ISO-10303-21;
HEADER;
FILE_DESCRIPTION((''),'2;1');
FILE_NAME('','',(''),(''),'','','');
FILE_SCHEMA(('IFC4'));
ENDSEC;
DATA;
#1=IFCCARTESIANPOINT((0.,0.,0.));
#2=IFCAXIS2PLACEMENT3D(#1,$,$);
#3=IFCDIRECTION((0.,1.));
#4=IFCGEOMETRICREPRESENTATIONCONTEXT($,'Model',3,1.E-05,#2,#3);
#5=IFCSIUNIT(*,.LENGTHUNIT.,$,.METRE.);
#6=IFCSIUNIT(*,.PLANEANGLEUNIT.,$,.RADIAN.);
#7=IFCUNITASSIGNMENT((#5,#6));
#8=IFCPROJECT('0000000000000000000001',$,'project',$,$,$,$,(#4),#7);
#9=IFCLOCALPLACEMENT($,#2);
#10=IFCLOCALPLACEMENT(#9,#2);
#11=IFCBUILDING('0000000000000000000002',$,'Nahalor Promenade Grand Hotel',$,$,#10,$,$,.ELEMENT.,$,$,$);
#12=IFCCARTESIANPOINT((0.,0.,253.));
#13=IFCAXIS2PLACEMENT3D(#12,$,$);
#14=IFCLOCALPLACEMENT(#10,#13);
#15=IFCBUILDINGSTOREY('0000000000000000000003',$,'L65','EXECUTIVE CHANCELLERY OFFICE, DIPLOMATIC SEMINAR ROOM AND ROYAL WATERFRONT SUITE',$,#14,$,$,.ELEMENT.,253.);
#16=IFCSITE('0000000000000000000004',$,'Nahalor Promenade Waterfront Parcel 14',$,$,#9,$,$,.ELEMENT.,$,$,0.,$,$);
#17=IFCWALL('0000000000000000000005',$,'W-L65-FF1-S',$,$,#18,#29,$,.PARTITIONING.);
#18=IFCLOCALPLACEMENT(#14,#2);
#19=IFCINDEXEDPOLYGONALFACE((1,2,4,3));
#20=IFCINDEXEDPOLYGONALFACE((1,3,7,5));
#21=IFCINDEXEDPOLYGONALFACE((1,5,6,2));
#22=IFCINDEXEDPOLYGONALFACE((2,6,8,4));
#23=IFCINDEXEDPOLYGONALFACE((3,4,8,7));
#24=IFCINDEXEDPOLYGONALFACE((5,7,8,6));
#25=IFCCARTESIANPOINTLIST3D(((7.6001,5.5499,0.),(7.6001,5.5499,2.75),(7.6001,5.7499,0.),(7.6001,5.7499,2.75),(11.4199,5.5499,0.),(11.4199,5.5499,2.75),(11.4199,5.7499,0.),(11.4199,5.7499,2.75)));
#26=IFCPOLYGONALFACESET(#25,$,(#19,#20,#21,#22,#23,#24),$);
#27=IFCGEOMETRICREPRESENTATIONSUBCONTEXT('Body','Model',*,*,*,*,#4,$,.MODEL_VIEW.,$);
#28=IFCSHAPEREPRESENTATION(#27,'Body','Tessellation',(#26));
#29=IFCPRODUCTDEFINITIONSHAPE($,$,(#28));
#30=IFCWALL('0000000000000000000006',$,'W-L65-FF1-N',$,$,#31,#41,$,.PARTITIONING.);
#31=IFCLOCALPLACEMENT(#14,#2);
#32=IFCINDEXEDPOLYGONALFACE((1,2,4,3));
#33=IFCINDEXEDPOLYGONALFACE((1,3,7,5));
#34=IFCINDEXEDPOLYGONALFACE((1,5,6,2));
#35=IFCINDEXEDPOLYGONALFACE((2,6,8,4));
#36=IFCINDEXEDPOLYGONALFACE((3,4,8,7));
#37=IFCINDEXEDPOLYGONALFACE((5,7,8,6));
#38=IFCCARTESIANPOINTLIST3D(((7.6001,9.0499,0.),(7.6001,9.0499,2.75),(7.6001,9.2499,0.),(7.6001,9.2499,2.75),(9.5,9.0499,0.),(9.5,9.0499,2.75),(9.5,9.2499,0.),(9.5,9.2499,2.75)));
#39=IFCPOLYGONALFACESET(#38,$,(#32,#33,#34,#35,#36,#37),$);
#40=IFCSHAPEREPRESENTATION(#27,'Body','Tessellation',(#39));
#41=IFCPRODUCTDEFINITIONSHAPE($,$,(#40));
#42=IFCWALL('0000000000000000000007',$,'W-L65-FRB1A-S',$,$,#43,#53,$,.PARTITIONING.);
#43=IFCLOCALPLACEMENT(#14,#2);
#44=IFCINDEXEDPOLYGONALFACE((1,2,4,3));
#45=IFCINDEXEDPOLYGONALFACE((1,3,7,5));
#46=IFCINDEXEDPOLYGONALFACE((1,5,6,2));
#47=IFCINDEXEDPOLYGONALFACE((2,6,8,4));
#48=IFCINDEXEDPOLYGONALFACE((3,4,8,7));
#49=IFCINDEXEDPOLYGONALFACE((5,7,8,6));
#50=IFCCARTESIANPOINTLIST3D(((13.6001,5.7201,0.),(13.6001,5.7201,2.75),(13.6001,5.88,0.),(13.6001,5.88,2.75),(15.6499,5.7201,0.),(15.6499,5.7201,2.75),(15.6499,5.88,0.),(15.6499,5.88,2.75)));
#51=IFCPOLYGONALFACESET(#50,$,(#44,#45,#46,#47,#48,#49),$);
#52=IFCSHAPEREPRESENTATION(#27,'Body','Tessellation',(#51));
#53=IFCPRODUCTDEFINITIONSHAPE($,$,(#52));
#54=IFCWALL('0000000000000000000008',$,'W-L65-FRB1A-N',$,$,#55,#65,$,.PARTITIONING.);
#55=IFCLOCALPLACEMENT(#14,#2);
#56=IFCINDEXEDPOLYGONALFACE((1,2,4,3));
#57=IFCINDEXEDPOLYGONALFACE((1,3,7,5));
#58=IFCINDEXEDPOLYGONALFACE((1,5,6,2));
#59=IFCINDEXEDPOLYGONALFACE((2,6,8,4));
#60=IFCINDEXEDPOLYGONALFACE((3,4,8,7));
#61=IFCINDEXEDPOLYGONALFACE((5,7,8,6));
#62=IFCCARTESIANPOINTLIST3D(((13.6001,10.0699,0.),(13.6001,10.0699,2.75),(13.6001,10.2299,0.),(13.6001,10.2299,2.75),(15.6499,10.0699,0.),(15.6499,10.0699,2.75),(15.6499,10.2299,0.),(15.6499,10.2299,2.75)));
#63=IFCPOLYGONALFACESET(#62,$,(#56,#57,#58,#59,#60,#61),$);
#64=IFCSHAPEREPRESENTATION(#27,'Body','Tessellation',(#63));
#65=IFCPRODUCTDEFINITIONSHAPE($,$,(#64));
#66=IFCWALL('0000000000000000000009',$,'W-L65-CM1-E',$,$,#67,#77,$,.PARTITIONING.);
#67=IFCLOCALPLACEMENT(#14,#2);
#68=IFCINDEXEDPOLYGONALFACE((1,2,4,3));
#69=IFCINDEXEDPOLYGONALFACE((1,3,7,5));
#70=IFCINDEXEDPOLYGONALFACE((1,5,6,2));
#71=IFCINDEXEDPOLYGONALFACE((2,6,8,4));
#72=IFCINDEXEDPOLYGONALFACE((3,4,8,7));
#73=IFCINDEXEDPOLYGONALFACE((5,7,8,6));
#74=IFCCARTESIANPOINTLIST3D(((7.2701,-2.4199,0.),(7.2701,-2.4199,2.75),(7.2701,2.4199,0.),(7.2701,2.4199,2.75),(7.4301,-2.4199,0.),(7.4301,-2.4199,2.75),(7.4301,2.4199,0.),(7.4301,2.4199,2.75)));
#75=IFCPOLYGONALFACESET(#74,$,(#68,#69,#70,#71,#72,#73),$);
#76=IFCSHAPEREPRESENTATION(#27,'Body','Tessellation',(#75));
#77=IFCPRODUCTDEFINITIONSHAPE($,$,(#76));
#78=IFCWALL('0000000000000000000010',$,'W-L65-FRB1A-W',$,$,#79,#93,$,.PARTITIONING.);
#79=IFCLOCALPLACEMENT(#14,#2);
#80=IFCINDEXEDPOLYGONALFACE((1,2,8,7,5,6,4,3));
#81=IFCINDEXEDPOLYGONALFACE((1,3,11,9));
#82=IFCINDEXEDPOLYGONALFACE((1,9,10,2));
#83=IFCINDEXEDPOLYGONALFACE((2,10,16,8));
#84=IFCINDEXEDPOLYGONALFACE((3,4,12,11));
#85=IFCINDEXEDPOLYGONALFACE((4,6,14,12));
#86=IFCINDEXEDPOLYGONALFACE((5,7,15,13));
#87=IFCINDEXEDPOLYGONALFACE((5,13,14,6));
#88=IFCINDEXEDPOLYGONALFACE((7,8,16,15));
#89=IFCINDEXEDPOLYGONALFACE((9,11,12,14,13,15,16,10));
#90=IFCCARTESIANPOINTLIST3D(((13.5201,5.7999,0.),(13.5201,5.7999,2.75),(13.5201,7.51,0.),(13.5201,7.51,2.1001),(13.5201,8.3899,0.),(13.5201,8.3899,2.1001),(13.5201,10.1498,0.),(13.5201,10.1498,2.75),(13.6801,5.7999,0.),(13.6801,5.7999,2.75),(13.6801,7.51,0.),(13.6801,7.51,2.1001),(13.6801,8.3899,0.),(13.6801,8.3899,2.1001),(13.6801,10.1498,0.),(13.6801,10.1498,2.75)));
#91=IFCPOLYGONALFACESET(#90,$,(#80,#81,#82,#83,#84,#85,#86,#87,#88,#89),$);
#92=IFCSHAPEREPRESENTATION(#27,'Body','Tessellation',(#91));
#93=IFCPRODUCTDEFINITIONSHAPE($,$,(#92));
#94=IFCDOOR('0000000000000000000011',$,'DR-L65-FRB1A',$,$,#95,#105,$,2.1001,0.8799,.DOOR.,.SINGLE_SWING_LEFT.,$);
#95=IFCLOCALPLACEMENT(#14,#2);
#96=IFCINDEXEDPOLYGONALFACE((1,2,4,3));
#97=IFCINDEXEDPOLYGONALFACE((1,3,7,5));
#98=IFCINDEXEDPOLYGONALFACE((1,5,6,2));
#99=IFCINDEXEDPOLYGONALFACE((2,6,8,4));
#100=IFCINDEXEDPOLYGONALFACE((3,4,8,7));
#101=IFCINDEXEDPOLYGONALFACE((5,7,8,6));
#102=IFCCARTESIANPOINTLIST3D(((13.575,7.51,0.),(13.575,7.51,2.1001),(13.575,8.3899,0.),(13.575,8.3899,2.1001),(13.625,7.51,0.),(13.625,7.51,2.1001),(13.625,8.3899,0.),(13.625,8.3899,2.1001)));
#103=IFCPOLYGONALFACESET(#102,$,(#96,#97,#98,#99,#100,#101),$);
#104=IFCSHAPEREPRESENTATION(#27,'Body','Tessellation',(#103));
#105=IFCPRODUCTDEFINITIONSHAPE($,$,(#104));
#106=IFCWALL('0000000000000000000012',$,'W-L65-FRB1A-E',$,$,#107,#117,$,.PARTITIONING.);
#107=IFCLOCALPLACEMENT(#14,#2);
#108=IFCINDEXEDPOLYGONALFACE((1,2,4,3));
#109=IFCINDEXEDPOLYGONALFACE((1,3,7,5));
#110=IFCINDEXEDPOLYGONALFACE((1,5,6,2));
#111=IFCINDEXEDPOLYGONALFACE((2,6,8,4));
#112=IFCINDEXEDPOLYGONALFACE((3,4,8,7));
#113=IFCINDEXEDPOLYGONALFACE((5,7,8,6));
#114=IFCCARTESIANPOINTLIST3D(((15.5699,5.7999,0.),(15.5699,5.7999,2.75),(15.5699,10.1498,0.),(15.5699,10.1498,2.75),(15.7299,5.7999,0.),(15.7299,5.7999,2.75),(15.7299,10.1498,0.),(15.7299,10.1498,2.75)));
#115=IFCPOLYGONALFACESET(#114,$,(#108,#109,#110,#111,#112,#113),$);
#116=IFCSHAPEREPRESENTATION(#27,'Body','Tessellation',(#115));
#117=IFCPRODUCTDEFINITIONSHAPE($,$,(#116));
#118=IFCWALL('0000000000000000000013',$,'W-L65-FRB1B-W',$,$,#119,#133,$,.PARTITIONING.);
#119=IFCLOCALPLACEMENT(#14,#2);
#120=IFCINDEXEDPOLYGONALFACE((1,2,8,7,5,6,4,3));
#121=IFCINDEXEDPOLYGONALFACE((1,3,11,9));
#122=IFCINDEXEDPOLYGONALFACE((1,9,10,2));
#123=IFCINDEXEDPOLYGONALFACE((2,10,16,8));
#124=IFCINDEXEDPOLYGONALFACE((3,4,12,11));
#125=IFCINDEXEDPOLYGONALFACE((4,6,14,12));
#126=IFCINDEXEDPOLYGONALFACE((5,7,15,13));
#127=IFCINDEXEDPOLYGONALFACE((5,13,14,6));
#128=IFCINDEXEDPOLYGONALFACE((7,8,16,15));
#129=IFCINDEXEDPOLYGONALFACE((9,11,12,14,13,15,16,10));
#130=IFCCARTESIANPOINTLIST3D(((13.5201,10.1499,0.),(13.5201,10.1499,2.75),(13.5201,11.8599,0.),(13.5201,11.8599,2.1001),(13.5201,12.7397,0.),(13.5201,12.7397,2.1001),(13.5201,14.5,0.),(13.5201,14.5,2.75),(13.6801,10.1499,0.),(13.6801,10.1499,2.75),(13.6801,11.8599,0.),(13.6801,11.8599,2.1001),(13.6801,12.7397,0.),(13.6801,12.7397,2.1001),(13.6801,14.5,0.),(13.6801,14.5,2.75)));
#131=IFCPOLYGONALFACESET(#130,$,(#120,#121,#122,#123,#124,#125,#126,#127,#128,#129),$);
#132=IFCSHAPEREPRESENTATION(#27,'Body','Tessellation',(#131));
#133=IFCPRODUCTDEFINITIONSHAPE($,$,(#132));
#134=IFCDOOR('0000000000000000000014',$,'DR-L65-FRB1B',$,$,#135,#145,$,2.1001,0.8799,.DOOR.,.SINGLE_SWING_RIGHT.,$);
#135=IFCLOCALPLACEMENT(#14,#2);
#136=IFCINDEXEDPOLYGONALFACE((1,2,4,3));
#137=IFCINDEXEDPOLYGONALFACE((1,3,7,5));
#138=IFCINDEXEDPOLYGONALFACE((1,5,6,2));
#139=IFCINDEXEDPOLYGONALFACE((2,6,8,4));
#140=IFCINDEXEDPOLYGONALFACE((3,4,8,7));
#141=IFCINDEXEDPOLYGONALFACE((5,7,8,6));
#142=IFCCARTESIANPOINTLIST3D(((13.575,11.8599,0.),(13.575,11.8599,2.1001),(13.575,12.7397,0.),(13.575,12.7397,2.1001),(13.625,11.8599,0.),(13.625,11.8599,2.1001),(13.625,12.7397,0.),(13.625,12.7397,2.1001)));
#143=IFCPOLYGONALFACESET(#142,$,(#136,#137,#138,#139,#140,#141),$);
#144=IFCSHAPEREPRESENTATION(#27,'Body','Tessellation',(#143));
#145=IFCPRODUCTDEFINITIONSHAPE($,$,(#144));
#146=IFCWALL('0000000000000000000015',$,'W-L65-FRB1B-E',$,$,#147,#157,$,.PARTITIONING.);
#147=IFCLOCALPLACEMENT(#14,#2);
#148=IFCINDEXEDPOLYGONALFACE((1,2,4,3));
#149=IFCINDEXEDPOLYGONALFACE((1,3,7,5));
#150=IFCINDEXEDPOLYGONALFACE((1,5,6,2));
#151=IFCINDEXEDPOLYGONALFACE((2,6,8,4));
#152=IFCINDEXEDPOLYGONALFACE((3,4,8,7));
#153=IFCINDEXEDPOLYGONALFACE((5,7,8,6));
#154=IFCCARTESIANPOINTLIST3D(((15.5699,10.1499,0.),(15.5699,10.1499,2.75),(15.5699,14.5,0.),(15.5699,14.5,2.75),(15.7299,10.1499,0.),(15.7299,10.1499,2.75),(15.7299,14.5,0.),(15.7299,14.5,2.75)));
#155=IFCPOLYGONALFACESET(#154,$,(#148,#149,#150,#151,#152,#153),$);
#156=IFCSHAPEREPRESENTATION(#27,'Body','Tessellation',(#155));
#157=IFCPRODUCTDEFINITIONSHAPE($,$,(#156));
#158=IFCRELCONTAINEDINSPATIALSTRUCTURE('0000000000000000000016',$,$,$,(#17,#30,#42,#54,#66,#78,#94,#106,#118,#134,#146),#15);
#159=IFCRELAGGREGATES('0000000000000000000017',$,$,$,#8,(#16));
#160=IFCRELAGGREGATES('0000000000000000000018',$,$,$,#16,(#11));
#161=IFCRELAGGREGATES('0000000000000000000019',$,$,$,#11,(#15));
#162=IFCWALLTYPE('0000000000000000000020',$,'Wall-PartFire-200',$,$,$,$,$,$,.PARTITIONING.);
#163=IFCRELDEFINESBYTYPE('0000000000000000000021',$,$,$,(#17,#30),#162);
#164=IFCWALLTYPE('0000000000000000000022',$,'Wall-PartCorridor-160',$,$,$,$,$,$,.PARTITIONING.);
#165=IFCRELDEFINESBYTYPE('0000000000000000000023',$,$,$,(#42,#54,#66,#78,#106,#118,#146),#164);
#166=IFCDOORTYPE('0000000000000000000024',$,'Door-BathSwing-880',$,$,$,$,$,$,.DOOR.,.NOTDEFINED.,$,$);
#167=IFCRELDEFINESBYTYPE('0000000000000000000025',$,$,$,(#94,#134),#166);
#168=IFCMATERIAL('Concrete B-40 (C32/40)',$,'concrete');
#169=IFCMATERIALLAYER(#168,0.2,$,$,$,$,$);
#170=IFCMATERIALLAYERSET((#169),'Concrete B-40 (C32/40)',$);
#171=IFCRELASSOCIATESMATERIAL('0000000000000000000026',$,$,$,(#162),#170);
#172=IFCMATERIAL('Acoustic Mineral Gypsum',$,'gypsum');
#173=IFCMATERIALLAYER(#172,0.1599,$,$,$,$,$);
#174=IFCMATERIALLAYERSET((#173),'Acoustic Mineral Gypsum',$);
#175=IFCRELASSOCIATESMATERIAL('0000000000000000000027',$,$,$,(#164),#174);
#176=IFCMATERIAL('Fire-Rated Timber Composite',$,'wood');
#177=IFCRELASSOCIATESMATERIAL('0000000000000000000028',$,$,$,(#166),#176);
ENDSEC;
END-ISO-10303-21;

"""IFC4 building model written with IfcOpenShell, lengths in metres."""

from ifc_helpers import new_model, si_unit, direction, frame, frame_2d, origin, place, context, subcontext, project, spatial, rectangle, extrude, source, transform, mapped, material, layer, layer_set, type_object, element, fill, save


model = new_model("IFC4")

# Units and contexts
model_context = context("Model", 3, precision=1e-05, world=origin(), true_north=direction((0.0, 1.0)))
body_context = subcontext(model_context, "Body", "Model", "MODEL_VIEW")
ifc_project = project(units=[si_unit("LENGTHUNIT", "METRE"), si_unit("PLANEANGLEUNIT", "RADIAN")], contexts=[model_context])

# Site, building, storey
site_placement = place(None, origin())
site = spatial("IfcSite", under=ifc_project, at=site_placement, Name="Nahalor Promenade Waterfront Parcel 14", CompositionType="ELEMENT", RefElevation=0.0)
building_placement = place(site_placement, origin())
building = spatial("IfcBuilding", under=site, at=building_placement, Name="Nahalor Promenade Grand Hotel", CompositionType="ELEMENT")
storey_placement = place(building_placement, frame((0.0, 0.0, 253.0)))
storey = spatial("IfcBuildingStorey", under=building, at=storey_placement, Name="L65", Description="EXECUTIVE CHANCELLERY OFFICE, DIPLOMATIC SEMINAR ROOM AND ROYAL WATERFRONT SUITE", CompositionType="ELEMENT", Elevation=253.0)

# Walls
ifc_material_1 = material(Name="Concrete B-40 (C32/40)", Category="concrete")
ifc_layer_1 = layer(ifc_material_1, 0.2)
ifc_layer_set_1 = layer_set([ifc_layer_1], Name="Concrete B-40 (C32/40)")
wall_type_1 = type_object("IfcWallType", Name="Wall-PartFire-200", PredefinedType="PARTITIONING", material=ifc_layer_set_1)
shared_shape_1 = source(origin(), body_context, "Body", "SweptSolid", [
    extrude(rectangle(XDim=3.8198, YDim=0.2, at=frame_2d((1.9099, 0.0))), origin(), (0.0, 0.0, 1.0), 2.75),
])
wall_1_placement = place(storey_placement, frame((7.6001, 5.6499, 0.0), z_axis=(0.0, 0.0, 1.0), x_axis=(1.0, 0.0, 0.0)))
element("IfcWall", 1, at=wall_1_placement, inside=storey, type_object=wall_type_1, Name="W-L65-FF1-S", PredefinedType="PARTITIONING", context=body_context, shape_type="MappedRepresentation", body=[
    mapped(shared_shape_1, transform((0.0, 0.0, 0.0), scale=1.0)),
])
shared_shape_2 = source(origin(), body_context, "Body", "SweptSolid", [
    extrude(rectangle(XDim=1.8999, YDim=0.2, at=frame_2d((0.95, 0.0))), origin(), (0.0, 0.0, 1.0), 2.75),
])
wall_2_placement = place(storey_placement, frame((7.6001, 9.1499, 0.0), z_axis=(0.0, 0.0, 1.0), x_axis=(1.0, 0.0, 0.0)))
element("IfcWall", 2, at=wall_2_placement, inside=storey, type_object=wall_type_1, Name="W-L65-FF1-N", PredefinedType="PARTITIONING", context=body_context, shape_type="MappedRepresentation", body=[
    mapped(shared_shape_2, transform((0.0, 0.0, 0.0), scale=1.0)),
])

# Walls
ifc_material_2 = material(Name="Acoustic Mineral Gypsum", Category="gypsum")
ifc_layer_2 = layer(ifc_material_2, 0.1599)
ifc_layer_set_2 = layer_set([ifc_layer_2], Name="Acoustic Mineral Gypsum")
wall_type_2 = type_object("IfcWallType", Name="Wall-PartCorridor-160", PredefinedType="PARTITIONING", material=ifc_layer_set_2)
shared_shape_3 = source(origin(), body_context, "Body", "SweptSolid", [
    extrude(rectangle(XDim=2.0498, YDim=0.1599, at=frame_2d((1.0249, 0.0))), origin(), (0.0, 0.0, 1.0), 2.75),
])
for number, where, z_axis, x_axis, name in (
    (3, (13.6001, 5.8, 0.0), (0.0, 0.0, 1.0), (1.0, 0.0, 0.0), "W-L65-FRB1A-S"),
    (4, (13.6001, 10.1499, 0.0), (0.0, 0.0, 1.0), (1.0, 0.0, 0.0), "W-L65-FRB1A-N"),
):
    element("IfcWall", number, at=place(storey_placement, frame(where, z_axis=z_axis, x_axis=x_axis)), inside=storey, type_object=wall_type_2, Name=name, PredefinedType="PARTITIONING", context=body_context, shape_type="MappedRepresentation", body=[
        mapped(shared_shape_3, transform((0.0, 0.0, 0.0), scale=1.0)),
    ])
shared_shape_4 = source(origin(), body_context, "Body", "SweptSolid", [
    extrude(rectangle(XDim=4.8398, YDim=0.1599, at=frame_2d((2.4199, 0.0))), origin(), (0.0, 0.0, 1.0), 2.75),
])
wall_3_placement = place(storey_placement, frame((7.3501, -2.4199, 0.0), z_axis=(0.0, 0.0, 1.0), x_axis=(0.0, 1.0, 0.0)))
element("IfcWall", 5, at=wall_3_placement, inside=storey, type_object=wall_type_2, Name="W-L65-CM1-E", PredefinedType="PARTITIONING", context=body_context, shape_type="MappedRepresentation", body=[
    mapped(shared_shape_4, transform((0.0, 0.0, 0.0), scale=1.0)),
])

# Wall, opening, door
shared_shape_5 = source(origin(), body_context, "Body", "SweptSolid", [
    extrude(rectangle(XDim=4.3499, YDim=0.1599, at=frame_2d((2.1748, 0.0))), origin(), (0.0, 0.0, 1.0), 2.75),
])
wall_4_placement = place(storey_placement, frame((13.6001, 5.8, 0.0), z_axis=(0.0, 0.0, 1.0), x_axis=(0.0, 1.0, 0.0)))
wall_4 = element("IfcWall", 6, at=wall_4_placement, inside=storey, type_object=wall_type_2, Name="W-L65-FRB1A-W", PredefinedType="PARTITIONING", context=body_context, shape_type="MappedRepresentation", body=[
    mapped(shared_shape_5, transform((0.0, 0.0, 0.0), scale=1.0)),
])
opening_1_placement = place(wall_4_placement, frame((1.71, 0.0, 0.0)))
opening_1 = element("IfcOpeningElement", 7, at=opening_1_placement, cuts=wall_4, PredefinedType="OPENING", context=body_context, shape_type="SweptSolid", body=[
    extrude(rectangle(XDim=0.8799, YDim=2.1001, at=frame_2d((0.4399, 1.05))), frame((0.0, 0.0898, 0.0), z_axis=(0.0, -1.0, 0.0), x_axis=(1.0, 0.0, 0.0)), (0.0, 0.0, 1.0), 0.1799),
])
ifc_material_3 = material(Name="Fire-Rated Timber Composite", Category="wood")
door_type_1 = type_object("IfcDoorType", Name="Door-BathSwing-880", OperationType="NOTDEFINED", PredefinedType="DOOR", material=ifc_material_3)
shared_shape_6 = source(origin(), body_context, "Body", "SweptSolid", [
    extrude(rectangle(XDim=0.8799, YDim=2.1001, at=frame_2d((0.4399, 1.05))), frame((0.0, 0.0249, 0.0), z_axis=(0.0, -1.0, 0.0), x_axis=(1.0, 0.0, 0.0)), (0.0, 0.0, 1.0), 0.05),
])
door_1_placement = place(opening_1_placement, frame((0.8799, 0.0, 0.0), z_axis=(0.0, 0.0, 1.0), x_axis=(-1.0, 0.0, 0.0)))
door_1 = element("IfcDoor", 8, at=door_1_placement, inside=storey, type_object=door_type_1, Name="DR-L65-FRB1A", OperationType="SINGLE_SWING_LEFT", OverallHeight=2.1001, OverallWidth=0.8799, PredefinedType="DOOR", context=body_context, shape_type="MappedRepresentation", body=[
    mapped(shared_shape_6, transform((0.0, 0.0, 0.0), scale=1.0)),
])
fill(opening_1, door_1)

# Wall
wall_5_placement = place(storey_placement, frame((15.6499, 5.8, 0.0), z_axis=(0.0, 0.0, 1.0), x_axis=(0.0, 1.0, 0.0)))
element("IfcWall", 9, at=wall_5_placement, inside=storey, type_object=wall_type_2, Name="W-L65-FRB1A-E", PredefinedType="PARTITIONING", context=body_context, shape_type="MappedRepresentation", body=[
    mapped(shared_shape_5, transform((0.0, 0.0, 0.0), scale=1.0)),
])

# Wall, opening, door
shared_shape_7 = source(origin(), body_context, "Body", "SweptSolid", [
    extrude(rectangle(XDim=4.3501, YDim=0.1599, at=frame_2d((2.175, 0.0))), origin(), (0.0, 0.0, 1.0), 2.75),
])
wall_6_placement = place(storey_placement, frame((13.6001, 10.1499, 0.0), z_axis=(0.0, 0.0, 1.0), x_axis=(0.0, 1.0, 0.0)))
wall_6 = element("IfcWall", 10, at=wall_6_placement, inside=storey, type_object=wall_type_2, Name="W-L65-FRB1B-W", PredefinedType="PARTITIONING", context=body_context, shape_type="MappedRepresentation", body=[
    mapped(shared_shape_7, transform((0.0, 0.0, 0.0), scale=1.0)),
])
opening_2_placement = place(wall_6_placement, frame((1.71, 0.0, 0.0)))
opening_2 = element("IfcOpeningElement", 11, at=opening_2_placement, cuts=wall_6, PredefinedType="OPENING", context=body_context, shape_type="SweptSolid", body=[
    extrude(rectangle(XDim=0.8799, YDim=2.1001, at=frame_2d((0.4399, 1.05))), frame((0.0, 0.0898, 0.0), z_axis=(0.0, -1.0, 0.0), x_axis=(1.0, 0.0, 0.0)), (0.0, 0.0, 1.0), 0.1799),
])
door_2_placement = place(opening_2_placement, frame((0.8799, 0.0, 0.0), z_axis=(0.0, 0.0, 1.0), x_axis=(-1.0, 0.0, 0.0)))
door_2 = element("IfcDoor", 12, at=door_2_placement, inside=storey, type_object=door_type_1, Name="DR-L65-FRB1B", OperationType="SINGLE_SWING_RIGHT", OverallHeight=2.1001, OverallWidth=0.8799, PredefinedType="DOOR", context=body_context, shape_type="MappedRepresentation", body=[
    mapped(shared_shape_6, transform((0.0, 0.0, 0.0), scale=1.0)),
])
fill(opening_2, door_2)

# Wall
wall_7_placement = place(storey_placement, frame((15.6499, 10.1499, 0.0), z_axis=(0.0, 0.0, 1.0), x_axis=(0.0, 1.0, 0.0)))
element("IfcWall", 13, at=wall_7_placement, inside=storey, type_object=wall_type_2, Name="W-L65-FRB1B-E", PredefinedType="PARTITIONING", context=body_context, shape_type="MappedRepresentation", body=[
    mapped(shared_shape_7, transform((0.0, 0.0, 0.0), scale=1.0)),
])

save(model, "model.ifc")
